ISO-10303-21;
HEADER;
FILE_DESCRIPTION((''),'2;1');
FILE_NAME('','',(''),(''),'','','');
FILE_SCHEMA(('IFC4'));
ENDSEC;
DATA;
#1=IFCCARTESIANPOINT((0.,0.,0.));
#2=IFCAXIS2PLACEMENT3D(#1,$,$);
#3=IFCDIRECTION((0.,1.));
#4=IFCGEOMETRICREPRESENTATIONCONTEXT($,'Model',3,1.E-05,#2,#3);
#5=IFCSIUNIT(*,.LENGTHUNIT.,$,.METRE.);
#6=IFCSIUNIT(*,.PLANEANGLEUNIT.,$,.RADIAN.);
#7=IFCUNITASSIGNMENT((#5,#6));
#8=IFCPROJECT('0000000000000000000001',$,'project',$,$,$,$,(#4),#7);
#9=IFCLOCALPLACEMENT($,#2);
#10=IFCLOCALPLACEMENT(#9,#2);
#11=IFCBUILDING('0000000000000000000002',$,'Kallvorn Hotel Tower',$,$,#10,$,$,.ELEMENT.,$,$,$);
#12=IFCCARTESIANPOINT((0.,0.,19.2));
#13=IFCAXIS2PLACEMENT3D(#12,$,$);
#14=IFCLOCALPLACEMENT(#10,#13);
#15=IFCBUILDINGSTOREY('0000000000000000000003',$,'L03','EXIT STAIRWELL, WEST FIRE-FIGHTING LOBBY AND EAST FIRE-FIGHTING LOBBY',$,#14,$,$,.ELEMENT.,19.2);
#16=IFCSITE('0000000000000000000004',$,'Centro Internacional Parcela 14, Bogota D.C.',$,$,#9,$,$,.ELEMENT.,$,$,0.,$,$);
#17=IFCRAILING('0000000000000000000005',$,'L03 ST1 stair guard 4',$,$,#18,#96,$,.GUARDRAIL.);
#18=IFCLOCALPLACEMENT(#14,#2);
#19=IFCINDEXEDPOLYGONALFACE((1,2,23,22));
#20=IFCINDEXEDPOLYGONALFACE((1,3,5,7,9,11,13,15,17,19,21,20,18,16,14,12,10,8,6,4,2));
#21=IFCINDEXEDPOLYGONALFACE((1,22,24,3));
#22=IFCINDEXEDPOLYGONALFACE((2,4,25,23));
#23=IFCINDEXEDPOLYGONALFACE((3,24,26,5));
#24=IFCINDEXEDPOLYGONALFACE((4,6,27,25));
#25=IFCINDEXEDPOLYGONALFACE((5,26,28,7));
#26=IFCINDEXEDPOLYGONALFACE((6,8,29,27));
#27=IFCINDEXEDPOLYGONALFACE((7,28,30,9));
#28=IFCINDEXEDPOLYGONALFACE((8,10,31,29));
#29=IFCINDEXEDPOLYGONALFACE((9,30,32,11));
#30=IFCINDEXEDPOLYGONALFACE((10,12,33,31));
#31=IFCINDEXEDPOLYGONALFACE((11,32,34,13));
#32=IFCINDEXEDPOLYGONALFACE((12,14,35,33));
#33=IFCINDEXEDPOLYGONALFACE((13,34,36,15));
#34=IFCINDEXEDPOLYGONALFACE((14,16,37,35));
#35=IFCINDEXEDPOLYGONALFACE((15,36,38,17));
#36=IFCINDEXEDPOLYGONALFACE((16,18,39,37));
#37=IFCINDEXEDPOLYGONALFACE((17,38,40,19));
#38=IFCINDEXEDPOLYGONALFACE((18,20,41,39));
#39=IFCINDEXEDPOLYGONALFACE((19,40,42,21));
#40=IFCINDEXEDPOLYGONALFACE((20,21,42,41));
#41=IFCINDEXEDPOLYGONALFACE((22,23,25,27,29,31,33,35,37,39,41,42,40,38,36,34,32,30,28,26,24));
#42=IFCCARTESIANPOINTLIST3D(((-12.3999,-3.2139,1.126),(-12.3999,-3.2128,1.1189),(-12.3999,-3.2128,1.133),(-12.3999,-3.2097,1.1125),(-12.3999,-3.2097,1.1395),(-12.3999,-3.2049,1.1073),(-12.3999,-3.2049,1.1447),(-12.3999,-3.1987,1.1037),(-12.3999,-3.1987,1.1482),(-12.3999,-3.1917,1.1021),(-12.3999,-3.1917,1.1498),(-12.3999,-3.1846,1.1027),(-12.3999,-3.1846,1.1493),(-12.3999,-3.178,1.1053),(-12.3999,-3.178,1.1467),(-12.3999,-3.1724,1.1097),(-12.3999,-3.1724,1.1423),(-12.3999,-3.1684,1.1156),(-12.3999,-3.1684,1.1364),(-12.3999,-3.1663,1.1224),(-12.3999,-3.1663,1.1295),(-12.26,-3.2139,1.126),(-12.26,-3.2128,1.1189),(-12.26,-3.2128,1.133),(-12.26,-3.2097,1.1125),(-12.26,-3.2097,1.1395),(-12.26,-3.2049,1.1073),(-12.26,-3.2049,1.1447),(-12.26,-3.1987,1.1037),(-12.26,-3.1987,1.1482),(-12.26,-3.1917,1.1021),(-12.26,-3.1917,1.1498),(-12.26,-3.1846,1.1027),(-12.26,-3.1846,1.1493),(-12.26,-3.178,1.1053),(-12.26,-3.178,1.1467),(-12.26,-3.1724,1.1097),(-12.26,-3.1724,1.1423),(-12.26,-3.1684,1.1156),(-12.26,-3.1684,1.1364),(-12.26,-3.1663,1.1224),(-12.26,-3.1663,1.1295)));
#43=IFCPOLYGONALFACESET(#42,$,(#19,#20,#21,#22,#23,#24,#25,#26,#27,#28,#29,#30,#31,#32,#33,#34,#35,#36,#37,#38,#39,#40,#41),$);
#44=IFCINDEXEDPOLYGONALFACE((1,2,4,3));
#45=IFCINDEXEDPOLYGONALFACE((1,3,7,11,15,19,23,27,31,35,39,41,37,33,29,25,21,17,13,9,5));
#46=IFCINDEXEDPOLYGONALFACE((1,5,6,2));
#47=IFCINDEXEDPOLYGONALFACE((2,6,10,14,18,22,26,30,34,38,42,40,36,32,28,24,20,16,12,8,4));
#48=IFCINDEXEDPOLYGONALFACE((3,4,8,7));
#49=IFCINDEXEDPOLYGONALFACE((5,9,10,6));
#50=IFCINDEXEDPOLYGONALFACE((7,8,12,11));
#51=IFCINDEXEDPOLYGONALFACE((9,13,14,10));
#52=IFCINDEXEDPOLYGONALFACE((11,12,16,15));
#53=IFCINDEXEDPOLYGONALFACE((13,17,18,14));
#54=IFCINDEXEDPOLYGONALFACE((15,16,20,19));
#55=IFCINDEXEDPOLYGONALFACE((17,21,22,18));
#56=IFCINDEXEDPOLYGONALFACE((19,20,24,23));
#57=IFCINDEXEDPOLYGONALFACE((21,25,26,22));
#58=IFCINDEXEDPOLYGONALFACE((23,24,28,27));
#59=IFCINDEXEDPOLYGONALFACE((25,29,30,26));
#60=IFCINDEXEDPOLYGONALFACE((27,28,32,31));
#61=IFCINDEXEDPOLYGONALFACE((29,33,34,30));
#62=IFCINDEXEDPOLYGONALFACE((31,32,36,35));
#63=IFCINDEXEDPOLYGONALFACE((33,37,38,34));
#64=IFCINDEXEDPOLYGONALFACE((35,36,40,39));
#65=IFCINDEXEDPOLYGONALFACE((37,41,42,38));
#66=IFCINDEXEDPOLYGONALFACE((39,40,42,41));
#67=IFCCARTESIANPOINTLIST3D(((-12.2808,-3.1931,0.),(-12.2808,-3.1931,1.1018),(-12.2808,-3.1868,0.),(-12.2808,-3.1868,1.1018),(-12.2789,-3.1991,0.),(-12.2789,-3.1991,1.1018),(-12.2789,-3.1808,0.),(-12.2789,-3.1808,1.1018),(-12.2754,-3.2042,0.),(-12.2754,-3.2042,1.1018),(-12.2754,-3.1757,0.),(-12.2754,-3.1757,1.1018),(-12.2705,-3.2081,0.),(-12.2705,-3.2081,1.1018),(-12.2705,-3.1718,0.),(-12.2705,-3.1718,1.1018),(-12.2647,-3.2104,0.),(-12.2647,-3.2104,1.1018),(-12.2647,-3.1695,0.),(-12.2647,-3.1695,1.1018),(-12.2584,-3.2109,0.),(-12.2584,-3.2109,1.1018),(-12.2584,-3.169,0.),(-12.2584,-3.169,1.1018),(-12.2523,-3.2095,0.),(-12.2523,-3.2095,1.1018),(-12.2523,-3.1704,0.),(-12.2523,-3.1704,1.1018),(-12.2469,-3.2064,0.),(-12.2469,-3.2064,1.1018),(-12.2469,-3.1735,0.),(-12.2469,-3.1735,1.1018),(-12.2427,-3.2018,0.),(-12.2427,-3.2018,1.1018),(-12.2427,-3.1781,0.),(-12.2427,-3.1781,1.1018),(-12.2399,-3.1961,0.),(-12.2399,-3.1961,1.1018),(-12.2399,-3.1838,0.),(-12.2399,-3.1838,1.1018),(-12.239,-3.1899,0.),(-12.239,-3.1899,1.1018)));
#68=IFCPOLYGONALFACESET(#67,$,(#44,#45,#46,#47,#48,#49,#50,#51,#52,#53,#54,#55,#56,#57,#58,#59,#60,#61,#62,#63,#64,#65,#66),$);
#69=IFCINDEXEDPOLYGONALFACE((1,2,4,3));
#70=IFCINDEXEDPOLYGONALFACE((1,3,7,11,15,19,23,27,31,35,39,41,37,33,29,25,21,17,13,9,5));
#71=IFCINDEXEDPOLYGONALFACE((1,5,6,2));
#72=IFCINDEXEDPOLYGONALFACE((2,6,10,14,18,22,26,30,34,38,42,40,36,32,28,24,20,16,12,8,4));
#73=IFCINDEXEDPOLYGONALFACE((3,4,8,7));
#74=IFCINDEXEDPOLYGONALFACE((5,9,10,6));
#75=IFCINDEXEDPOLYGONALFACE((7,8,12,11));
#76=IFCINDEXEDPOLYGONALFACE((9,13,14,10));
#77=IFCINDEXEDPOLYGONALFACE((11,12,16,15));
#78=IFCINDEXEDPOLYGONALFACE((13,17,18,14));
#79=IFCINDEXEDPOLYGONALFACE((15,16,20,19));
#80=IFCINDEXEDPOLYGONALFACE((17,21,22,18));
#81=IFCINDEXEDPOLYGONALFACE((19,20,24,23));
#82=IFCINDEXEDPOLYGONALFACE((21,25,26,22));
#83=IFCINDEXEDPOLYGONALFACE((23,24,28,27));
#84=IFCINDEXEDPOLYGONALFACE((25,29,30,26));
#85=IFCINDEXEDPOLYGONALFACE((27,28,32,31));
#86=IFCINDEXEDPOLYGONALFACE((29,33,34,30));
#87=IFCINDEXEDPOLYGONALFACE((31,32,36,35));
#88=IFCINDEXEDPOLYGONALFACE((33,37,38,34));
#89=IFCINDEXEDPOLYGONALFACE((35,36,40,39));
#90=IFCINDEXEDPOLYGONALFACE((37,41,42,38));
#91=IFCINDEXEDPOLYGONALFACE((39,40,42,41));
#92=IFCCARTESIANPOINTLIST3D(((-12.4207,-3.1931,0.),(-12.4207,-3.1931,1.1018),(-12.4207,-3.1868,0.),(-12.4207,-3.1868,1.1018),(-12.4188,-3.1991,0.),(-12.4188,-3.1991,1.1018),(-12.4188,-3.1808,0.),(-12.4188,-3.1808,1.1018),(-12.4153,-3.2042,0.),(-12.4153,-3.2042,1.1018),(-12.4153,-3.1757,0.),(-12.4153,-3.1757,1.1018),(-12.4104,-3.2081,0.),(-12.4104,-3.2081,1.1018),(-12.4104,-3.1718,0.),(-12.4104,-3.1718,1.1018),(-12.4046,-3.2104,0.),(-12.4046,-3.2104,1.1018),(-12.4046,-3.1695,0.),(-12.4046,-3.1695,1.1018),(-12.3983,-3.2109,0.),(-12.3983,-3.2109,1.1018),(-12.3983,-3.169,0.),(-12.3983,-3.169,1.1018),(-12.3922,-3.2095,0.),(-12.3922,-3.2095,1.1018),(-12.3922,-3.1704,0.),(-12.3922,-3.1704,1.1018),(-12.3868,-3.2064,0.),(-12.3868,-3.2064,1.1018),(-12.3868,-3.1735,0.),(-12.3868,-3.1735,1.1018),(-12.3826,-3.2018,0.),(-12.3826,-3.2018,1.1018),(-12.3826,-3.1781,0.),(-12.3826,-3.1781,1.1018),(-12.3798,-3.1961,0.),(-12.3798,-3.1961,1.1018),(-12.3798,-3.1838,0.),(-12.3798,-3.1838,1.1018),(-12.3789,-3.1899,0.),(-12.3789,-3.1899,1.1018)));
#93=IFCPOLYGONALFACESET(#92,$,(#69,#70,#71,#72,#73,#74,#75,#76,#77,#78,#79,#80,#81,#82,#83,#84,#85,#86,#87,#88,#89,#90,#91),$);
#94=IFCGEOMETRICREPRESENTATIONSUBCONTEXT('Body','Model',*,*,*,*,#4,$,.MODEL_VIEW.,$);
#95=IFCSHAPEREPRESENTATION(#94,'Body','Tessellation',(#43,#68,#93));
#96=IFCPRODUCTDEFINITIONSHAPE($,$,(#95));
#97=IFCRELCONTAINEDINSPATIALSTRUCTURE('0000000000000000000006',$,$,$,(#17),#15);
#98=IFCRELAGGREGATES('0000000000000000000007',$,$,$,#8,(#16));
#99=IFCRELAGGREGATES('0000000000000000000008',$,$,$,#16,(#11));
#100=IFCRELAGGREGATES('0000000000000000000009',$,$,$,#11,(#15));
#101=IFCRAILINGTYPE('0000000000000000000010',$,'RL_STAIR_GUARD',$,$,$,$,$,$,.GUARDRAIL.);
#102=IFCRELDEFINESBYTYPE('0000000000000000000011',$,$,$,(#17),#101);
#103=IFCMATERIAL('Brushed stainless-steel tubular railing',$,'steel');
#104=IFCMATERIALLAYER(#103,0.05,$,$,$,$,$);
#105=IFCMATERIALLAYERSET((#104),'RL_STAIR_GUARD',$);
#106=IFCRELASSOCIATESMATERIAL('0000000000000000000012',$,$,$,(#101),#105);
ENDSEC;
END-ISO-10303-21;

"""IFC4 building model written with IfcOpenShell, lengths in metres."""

from ifc_helpers import new_model, si_unit, direction, frame, origin, origin_2d, place, context, subcontext, project, spatial, circle, extrude, material, layer, layer_set, type_object, element, save


model = new_model("IFC4")

# Units and contexts
model_context = context("Model", 3, precision=1e-05, world=origin(), true_north=direction((0.0, 1.0)))
body_context = subcontext(model_context, "Body", "Model", "MODEL_VIEW")
ifc_project = project(units=[si_unit("LENGTHUNIT", "METRE"), si_unit("PLANEANGLEUNIT", "RADIAN")], contexts=[model_context])

# Site, building, storey
site_placement = place(None, origin())
site = spatial("IfcSite", under=ifc_project, at=site_placement, Name="Centro Internacional Parcela 14, Bogota D.C.", CompositionType="ELEMENT", RefElevation=0.0)
building_placement = place(site_placement, origin())
building = spatial("IfcBuilding", under=site, at=building_placement, Name="Kallvorn Hotel Tower", CompositionType="ELEMENT")
storey_placement = place(building_placement, frame((0.0, 0.0, 19.2)))
storey = spatial("IfcBuildingStorey", under=building, at=storey_placement, Name="L03", Description="EXIT STAIRWELL, WEST FIRE-FIGHTING LOBBY AND EAST FIRE-FIGHTING LOBBY", CompositionType="ELEMENT", Elevation=19.2)

# Railing
ifc_material_1 = material(Name="Brushed stainless-steel tubular railing", Category="steel")
ifc_layer_1 = layer(ifc_material_1, 0.05)
ifc_layer_set_1 = layer_set([ifc_layer_1], Name="RL_STAIR_GUARD")
railing_type_1 = type_object("IfcRailingType", Name="RL_STAIR_GUARD", PredefinedType="GUARDRAIL", material=ifc_layer_set_1)
railing_1_placement = place(storey_placement, frame((-12.26, -3.1899, 0.0)))
element("IfcRailing", 1, at=railing_1_placement, inside=storey, type_object=railing_type_1, Name="L03 ST1 stair guard 4", PredefinedType="GUARDRAIL", context=body_context, shape_type="SweptSolid", body=[
    extrude(circle(Radius=0.0239, at=origin_2d()), frame((0.0, 0.0, 1.126), z_axis=(-1.0, 0.0, 0.0), x_axis=(0.0, -1.0, 0.0)), (0.0, 0.0, 1.0), 0.1399),
    extrude(circle(Radius=0.021, at=origin_2d()), origin(), (0.0, 0.0, 1.0), 1.1018),
    extrude(circle(Radius=0.021, at=origin_2d()), frame((-0.1399, 0.0, 0.0)), (0.0, 0.0, 1.0), 1.1018),
])

save(model, "model.ifc")
